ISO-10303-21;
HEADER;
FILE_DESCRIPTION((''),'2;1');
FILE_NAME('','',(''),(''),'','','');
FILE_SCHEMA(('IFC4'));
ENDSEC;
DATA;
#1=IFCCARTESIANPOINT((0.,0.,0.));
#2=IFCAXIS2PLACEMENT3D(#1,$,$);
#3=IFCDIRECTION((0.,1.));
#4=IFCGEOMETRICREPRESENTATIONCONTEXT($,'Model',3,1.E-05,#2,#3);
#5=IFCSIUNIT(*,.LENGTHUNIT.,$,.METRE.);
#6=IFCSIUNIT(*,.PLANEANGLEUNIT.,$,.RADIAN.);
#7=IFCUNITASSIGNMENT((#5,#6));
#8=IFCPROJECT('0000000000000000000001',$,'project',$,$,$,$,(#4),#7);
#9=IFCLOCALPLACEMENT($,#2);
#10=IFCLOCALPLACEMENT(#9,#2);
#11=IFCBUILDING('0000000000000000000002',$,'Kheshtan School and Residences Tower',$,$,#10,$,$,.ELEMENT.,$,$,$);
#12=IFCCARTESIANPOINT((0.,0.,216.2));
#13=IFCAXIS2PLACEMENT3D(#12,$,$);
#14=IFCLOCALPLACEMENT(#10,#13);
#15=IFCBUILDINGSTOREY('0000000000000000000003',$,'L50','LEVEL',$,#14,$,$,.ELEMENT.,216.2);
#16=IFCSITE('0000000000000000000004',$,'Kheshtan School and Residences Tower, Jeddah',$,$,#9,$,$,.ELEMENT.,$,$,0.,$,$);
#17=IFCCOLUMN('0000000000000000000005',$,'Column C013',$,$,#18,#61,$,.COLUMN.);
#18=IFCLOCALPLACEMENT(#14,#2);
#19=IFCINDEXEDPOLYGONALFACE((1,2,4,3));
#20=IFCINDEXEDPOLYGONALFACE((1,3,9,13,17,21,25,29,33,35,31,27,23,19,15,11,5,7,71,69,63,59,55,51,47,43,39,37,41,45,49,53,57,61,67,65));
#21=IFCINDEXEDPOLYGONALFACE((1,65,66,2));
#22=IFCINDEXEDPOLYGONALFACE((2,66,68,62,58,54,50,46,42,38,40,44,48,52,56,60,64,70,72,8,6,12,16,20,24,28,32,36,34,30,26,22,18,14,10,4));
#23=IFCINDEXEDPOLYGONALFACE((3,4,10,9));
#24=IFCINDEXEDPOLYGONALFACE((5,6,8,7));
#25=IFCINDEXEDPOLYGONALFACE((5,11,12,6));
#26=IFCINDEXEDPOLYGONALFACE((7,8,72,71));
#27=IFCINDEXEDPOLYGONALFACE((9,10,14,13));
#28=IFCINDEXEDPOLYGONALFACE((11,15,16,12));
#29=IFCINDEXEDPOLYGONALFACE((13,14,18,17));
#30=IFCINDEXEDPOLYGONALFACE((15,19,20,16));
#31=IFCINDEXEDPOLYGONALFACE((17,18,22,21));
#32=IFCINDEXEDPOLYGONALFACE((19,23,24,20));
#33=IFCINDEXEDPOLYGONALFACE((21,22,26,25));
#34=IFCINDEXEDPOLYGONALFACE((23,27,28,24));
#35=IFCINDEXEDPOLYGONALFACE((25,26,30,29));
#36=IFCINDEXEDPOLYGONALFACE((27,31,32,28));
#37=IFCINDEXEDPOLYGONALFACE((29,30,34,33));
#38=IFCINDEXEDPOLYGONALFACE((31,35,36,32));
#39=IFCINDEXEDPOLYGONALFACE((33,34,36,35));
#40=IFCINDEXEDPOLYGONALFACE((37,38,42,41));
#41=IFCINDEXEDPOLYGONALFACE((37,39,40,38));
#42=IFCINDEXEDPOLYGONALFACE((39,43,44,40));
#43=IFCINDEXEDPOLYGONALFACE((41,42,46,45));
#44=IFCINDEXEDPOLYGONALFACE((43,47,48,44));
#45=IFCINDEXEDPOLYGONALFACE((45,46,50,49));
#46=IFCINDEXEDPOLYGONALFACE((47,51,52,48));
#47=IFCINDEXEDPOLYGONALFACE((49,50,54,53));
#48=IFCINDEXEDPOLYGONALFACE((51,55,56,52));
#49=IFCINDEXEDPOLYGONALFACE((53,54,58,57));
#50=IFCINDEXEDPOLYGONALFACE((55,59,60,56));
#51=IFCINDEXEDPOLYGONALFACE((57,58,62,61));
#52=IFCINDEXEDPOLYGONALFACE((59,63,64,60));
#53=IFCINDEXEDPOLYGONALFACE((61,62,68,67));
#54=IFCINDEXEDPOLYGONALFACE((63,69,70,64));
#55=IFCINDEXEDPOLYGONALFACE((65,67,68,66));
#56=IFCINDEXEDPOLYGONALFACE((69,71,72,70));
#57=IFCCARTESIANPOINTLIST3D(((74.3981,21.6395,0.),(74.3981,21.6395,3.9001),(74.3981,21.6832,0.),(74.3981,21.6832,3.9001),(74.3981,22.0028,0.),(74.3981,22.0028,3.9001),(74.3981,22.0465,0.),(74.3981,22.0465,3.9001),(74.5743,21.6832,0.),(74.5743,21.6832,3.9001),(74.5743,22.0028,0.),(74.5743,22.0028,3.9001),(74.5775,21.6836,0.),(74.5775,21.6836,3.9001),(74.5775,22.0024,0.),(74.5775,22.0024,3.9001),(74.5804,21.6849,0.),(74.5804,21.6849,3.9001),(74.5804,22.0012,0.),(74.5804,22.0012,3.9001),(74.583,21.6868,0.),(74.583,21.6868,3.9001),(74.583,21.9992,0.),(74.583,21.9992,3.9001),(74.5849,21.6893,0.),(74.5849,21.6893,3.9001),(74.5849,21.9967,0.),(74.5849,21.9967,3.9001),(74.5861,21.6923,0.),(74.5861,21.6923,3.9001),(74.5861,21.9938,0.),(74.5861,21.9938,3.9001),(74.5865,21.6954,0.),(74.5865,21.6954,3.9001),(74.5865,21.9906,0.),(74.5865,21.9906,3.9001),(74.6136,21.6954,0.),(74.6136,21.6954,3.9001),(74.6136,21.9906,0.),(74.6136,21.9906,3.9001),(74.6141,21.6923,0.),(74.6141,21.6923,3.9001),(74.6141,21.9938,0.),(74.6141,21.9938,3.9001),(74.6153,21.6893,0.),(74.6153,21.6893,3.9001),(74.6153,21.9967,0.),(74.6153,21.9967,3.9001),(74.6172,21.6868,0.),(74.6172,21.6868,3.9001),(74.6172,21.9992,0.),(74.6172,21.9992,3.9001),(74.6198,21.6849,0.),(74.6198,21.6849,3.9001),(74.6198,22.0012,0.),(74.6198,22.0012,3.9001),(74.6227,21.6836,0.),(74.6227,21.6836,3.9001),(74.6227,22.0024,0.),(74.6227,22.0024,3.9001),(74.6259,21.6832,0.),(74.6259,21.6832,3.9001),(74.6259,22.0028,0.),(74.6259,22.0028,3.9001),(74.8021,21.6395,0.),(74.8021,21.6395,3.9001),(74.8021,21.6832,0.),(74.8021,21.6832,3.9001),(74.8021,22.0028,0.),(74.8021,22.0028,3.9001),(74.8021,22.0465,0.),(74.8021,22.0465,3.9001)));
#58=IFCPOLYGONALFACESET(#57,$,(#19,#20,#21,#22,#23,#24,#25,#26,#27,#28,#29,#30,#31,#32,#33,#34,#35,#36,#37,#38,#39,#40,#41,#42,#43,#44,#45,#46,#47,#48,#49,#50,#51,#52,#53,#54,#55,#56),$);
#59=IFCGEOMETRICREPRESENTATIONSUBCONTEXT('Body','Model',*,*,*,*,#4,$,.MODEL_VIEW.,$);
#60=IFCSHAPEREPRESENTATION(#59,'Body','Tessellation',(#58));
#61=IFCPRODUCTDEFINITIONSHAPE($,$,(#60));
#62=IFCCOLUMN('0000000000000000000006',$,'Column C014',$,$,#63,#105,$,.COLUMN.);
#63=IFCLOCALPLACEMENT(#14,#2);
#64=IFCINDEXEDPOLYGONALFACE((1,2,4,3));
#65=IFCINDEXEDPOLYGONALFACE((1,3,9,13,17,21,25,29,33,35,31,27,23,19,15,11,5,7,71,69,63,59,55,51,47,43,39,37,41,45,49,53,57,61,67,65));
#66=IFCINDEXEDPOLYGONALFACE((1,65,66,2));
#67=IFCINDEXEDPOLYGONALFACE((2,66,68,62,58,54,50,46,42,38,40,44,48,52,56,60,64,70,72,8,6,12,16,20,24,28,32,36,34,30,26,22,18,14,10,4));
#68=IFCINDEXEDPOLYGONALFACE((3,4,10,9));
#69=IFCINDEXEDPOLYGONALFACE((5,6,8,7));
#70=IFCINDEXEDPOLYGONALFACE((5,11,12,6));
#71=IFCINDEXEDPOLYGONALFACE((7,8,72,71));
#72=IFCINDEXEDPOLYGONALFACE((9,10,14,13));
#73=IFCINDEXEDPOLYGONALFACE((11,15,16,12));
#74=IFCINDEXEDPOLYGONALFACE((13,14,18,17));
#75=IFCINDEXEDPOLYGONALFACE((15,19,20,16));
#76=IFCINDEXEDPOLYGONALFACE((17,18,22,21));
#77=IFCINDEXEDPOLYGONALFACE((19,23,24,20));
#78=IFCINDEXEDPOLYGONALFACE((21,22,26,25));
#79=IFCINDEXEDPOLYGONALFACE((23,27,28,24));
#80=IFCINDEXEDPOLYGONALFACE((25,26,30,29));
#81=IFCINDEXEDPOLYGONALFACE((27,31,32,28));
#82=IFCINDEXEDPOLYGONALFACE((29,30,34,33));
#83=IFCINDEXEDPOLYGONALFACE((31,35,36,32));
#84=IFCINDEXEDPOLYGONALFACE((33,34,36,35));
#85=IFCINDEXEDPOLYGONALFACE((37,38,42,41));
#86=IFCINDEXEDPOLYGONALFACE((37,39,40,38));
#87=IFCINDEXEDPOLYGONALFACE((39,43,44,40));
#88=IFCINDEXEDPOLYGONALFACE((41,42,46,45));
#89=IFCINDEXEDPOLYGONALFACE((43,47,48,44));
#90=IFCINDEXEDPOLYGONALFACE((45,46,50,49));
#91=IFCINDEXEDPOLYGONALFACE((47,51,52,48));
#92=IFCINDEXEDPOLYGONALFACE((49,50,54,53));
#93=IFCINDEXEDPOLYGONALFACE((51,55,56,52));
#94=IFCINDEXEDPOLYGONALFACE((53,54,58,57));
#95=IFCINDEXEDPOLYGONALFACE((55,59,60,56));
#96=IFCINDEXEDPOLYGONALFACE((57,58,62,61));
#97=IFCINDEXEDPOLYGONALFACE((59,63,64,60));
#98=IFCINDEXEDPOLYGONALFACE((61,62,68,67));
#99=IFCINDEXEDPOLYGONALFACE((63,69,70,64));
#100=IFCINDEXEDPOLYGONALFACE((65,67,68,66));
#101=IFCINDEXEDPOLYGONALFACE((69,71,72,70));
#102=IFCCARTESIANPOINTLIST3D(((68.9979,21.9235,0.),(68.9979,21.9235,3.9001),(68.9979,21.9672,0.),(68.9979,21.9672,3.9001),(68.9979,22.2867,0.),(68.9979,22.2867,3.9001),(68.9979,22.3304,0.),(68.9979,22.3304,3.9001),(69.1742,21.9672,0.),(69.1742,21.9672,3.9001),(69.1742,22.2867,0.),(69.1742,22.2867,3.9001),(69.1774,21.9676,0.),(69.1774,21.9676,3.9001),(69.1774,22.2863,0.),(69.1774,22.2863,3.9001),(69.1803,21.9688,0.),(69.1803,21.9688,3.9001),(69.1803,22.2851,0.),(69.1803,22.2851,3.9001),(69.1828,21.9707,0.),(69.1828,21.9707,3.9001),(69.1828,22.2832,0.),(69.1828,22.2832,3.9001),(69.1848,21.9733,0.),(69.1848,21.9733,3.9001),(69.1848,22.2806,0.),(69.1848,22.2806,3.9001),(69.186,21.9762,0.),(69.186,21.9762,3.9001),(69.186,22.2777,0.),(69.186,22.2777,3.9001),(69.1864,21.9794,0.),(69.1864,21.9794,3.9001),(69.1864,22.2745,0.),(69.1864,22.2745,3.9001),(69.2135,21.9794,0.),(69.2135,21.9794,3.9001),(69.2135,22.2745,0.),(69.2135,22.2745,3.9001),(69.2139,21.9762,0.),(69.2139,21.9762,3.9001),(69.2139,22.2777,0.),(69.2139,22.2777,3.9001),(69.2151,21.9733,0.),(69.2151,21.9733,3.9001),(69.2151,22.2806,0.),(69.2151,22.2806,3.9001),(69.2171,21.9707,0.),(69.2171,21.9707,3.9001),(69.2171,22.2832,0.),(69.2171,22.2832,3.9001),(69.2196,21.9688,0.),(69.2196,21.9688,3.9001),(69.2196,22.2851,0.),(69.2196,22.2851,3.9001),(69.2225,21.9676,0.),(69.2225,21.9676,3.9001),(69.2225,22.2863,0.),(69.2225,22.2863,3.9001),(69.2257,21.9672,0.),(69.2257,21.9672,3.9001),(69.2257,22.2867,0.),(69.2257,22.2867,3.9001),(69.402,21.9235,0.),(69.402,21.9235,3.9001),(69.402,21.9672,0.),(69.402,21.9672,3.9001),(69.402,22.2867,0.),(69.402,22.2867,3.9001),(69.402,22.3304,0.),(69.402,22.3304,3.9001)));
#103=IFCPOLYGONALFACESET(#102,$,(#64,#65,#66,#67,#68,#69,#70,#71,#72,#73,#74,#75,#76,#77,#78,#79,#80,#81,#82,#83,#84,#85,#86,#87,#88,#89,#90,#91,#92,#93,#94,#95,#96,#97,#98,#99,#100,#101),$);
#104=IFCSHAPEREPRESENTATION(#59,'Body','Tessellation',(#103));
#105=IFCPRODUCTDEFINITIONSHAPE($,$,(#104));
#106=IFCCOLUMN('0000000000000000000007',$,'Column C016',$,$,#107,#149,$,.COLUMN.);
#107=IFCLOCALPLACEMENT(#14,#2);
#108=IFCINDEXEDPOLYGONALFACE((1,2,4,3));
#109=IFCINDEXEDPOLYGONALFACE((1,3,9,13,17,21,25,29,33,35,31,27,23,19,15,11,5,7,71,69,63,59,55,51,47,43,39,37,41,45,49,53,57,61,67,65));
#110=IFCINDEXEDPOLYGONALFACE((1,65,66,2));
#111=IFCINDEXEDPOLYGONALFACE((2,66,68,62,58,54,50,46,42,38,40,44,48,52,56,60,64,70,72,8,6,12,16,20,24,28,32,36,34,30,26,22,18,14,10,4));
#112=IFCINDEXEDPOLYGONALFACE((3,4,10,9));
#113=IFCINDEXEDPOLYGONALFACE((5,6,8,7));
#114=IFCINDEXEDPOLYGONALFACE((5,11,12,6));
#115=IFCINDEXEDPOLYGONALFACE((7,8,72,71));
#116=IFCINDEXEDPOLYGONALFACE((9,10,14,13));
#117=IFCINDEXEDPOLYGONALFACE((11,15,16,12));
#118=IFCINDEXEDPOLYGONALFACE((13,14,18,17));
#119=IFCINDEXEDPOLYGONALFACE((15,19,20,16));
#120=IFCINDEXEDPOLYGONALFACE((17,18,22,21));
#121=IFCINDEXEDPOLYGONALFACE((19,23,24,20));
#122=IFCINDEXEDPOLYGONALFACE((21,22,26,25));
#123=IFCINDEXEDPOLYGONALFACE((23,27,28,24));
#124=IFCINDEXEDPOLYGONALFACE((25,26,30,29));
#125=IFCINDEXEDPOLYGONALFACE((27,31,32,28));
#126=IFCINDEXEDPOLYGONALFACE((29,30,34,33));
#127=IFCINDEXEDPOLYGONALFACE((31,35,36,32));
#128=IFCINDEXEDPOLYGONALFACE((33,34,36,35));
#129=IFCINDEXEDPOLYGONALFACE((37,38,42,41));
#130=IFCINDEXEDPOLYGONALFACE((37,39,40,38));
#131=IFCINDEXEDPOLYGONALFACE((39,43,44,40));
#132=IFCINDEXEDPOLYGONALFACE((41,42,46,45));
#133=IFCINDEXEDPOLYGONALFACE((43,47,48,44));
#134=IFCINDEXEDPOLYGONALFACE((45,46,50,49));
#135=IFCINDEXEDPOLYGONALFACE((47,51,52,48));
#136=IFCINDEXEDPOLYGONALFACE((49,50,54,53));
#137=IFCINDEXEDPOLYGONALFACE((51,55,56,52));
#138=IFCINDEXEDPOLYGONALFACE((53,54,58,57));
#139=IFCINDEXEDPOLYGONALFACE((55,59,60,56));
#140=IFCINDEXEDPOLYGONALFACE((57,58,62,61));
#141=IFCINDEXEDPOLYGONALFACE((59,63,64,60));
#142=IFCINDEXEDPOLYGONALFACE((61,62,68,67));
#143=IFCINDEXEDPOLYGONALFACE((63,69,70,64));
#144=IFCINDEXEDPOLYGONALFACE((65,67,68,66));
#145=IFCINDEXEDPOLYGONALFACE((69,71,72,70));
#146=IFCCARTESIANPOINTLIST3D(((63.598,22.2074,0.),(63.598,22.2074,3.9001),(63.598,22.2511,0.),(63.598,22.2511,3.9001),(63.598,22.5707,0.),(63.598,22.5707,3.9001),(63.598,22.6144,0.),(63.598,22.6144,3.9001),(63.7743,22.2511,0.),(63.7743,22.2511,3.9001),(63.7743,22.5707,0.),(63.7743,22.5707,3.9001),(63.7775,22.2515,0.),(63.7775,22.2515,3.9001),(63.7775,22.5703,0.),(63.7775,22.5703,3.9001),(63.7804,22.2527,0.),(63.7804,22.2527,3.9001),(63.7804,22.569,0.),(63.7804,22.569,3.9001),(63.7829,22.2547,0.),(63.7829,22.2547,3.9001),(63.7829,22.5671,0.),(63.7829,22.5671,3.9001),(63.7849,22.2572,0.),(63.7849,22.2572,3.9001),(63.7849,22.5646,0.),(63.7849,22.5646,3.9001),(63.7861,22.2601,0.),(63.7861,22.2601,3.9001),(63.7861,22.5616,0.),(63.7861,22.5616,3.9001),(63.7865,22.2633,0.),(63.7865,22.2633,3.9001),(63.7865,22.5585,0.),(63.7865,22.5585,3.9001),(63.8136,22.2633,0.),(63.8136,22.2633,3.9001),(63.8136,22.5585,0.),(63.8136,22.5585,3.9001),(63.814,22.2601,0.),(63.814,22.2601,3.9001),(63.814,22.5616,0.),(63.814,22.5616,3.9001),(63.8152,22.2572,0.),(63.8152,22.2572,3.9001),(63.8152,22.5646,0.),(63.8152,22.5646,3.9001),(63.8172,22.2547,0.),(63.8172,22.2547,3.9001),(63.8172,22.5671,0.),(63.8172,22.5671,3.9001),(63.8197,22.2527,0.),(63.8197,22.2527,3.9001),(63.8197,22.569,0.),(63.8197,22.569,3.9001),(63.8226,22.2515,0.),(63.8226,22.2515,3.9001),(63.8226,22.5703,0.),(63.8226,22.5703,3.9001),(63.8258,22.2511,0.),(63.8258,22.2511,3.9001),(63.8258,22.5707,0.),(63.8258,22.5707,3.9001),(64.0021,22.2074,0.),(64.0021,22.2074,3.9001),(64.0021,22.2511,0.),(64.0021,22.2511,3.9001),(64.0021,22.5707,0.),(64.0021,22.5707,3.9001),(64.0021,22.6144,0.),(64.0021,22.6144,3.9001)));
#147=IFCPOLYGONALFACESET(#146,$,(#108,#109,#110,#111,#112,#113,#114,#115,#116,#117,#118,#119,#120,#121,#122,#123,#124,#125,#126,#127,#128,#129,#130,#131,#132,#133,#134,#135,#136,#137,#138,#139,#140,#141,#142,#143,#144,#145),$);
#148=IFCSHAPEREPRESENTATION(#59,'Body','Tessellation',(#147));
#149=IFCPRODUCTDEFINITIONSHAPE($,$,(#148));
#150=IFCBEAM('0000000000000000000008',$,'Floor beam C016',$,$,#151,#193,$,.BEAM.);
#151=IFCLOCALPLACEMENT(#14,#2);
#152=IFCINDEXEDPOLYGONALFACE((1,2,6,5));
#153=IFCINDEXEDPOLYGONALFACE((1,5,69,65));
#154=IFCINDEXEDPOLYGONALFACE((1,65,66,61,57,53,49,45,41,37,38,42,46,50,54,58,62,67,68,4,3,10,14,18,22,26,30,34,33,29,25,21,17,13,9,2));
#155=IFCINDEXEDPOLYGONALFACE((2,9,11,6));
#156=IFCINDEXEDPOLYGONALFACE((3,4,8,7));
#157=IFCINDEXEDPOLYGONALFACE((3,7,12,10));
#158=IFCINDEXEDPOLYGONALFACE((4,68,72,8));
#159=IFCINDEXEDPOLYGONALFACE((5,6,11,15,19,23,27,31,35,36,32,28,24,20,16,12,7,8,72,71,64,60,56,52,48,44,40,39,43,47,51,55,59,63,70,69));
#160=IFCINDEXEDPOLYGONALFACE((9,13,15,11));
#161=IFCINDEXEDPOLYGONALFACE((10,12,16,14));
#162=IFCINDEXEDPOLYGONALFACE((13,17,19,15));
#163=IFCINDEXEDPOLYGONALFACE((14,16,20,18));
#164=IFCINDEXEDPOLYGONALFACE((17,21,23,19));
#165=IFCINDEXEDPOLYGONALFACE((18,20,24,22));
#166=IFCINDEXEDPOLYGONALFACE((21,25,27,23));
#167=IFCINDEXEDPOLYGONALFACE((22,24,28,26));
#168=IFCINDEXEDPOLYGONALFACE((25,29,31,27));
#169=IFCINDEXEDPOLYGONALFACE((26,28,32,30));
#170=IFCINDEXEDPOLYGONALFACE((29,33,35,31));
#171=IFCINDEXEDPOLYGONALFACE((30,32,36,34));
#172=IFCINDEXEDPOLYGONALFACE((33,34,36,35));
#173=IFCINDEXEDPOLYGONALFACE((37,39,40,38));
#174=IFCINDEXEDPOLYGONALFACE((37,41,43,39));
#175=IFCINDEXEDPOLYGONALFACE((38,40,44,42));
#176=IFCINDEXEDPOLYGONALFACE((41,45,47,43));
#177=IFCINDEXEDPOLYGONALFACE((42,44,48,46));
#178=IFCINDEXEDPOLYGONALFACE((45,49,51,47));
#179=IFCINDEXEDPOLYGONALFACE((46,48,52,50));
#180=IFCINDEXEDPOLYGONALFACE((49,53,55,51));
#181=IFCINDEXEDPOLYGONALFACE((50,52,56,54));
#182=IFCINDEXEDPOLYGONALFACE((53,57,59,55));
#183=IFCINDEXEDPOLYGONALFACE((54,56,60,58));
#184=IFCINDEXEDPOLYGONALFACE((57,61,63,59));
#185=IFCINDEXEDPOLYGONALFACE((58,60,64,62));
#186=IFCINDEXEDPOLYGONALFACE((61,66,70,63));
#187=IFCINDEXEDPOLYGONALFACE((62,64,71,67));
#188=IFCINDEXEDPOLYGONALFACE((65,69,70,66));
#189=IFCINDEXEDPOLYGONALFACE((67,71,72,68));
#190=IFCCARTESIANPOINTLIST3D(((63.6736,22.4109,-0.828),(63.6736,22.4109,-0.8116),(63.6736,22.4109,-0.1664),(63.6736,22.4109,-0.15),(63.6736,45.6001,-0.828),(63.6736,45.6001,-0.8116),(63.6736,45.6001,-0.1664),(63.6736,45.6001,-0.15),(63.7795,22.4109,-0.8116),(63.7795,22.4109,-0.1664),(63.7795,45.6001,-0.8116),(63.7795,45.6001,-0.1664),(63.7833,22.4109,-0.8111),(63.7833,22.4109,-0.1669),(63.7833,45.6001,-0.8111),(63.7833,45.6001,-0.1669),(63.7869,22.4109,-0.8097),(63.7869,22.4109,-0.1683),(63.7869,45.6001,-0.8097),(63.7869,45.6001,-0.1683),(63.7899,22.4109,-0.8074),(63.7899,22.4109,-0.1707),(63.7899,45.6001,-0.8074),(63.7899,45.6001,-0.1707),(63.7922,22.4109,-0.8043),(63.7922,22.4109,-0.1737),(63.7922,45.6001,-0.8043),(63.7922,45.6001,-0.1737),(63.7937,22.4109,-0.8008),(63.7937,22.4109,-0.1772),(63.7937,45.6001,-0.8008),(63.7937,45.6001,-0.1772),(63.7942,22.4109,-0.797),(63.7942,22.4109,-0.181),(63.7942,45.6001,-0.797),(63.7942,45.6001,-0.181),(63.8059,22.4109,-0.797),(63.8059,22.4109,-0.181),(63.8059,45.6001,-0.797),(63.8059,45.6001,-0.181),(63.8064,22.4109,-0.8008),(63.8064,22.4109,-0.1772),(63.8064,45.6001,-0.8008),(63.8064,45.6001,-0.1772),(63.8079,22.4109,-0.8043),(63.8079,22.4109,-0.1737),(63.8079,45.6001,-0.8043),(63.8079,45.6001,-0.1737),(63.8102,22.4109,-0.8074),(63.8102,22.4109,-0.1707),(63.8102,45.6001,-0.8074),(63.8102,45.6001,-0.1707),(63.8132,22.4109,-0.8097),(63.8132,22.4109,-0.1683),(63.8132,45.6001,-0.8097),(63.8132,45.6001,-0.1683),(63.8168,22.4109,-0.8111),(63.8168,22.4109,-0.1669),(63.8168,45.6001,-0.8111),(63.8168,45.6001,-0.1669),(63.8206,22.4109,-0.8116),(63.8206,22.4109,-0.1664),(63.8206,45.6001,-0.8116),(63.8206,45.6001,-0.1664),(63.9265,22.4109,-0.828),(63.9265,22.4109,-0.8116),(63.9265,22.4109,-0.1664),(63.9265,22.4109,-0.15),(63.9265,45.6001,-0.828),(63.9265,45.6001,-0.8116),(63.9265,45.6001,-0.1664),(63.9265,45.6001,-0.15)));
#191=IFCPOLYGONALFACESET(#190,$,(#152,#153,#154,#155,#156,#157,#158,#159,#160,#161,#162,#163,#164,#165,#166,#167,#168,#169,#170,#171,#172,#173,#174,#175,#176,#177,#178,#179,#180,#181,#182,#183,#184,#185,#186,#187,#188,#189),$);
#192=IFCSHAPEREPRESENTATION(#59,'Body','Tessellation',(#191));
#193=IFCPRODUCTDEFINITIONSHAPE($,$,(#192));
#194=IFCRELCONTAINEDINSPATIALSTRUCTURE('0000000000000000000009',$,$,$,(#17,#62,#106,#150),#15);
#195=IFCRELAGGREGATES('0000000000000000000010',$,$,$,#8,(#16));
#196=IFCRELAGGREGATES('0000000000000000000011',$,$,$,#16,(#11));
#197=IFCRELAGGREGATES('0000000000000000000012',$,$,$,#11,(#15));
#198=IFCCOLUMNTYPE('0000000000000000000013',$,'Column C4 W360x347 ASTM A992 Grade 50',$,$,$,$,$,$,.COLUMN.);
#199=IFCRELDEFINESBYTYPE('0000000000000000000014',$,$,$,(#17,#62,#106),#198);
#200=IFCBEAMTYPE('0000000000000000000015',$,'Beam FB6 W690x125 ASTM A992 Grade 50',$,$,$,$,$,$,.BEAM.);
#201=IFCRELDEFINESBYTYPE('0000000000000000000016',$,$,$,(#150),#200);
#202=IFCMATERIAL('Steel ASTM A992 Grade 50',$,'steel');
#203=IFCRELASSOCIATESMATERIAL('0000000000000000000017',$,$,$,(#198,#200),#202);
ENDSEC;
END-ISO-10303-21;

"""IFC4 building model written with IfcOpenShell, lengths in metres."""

from ifc_helpers import new_model, si_unit, direction, frame, origin, origin_2d, place, context, subcontext, project, spatial, i_section, extrude, material, material_profile, profile_set, type_object, element, save


model = new_model("IFC4")

# Units and contexts
model_context = context("Model", 3, precision=1e-05, world=origin(), true_north=direction((0.0, 1.0)))
body_context = subcontext(model_context, "Body", "Model", "MODEL_VIEW")
ifc_project = project(units=[si_unit("LENGTHUNIT", "METRE"), si_unit("PLANEANGLEUNIT", "RADIAN")], contexts=[model_context])

# Site, building, storey
site_placement = place(None, origin())
site = spatial("IfcSite", under=ifc_project, at=site_placement, Name="Kheshtan School and Residences Tower, Jeddah", CompositionType="ELEMENT", RefElevation=0.0)
building_placement = place(site_placement, origin())
building = spatial("IfcBuilding", under=site, at=building_placement, Name="Kheshtan School and Residences Tower", CompositionType="ELEMENT")
storey_placement = place(building_placement, frame((0.0, 0.0, 216.2)))
storey = spatial("IfcBuildingStorey", under=building, at=storey_placement, Name="L50", Description="LEVEL", CompositionType="ELEMENT", Elevation=216.2)

# Columns
ifc_material_1 = material(Name="Steel ASTM A992 Grade 50", Category="steel")
ifc_material_profile_1 = material_profile(ifc_material_1, i_section(OverallWidth=0.4041, OverallDepth=0.407, WebThickness=0.0271, FlangeThickness=0.0437, FilletRadius=0.0122, at=origin_2d()), Name="W360x347")
ifc_profile_set_1 = profile_set([ifc_material_profile_1], Name="Steel ASTM A992 Grade 50")
column_type = type_object("IfcColumnType", Name="Column C4 W360x347 ASTM A992 Grade 50", PredefinedType="COLUMN", material=ifc_profile_set_1)
for number, where, z_axis, x_axis, name in (
    (1, (74.6001, 21.843, 0.0), (0.0, 0.0, 1.0), (1.0, 0.0, 0.0), "Column C013"),
    (2, (69.2, 22.127, 0.0), (0.0, 0.0, 1.0), (1.0, 0.0, 0.0), "Column C014"),
    (3, (63.8, 22.4109, 0.0), (0.0, 0.0, 1.0), (1.0, 0.0, 0.0), "Column C016"),
):
    element("IfcColumn", number, at=place(storey_placement, frame(where, z_axis=z_axis, x_axis=x_axis)), inside=storey, type_object=column_type, Name=name, PredefinedType="COLUMN", context=body_context, shape_type="SweptSolid", body=[
        extrude(i_section(OverallWidth=0.4041, OverallDepth=0.407, WebThickness=0.0271, FlangeThickness=0.0437, FilletRadius=0.0122, at=origin_2d()), origin(), (0.0, 0.0, 1.0), 3.9001),
    ])

# Beam
ifc_material_profile_2 = material_profile(ifc_material_1, i_section(OverallWidth=0.2529, OverallDepth=0.678, WebThickness=0.0117, FlangeThickness=0.0164, FilletRadius=0.0146, at=origin_2d()), Name="W690x125")
ifc_profile_set_2 = profile_set([ifc_material_profile_2], Name="Steel ASTM A992 Grade 50")
beam_type_1 = type_object("IfcBeamType", Name="Beam FB6 W690x125 ASTM A992 Grade 50", PredefinedType="BEAM", material=ifc_profile_set_2)
beam_1_placement = place(storey_placement, frame((63.8, 22.4109, -0.489), z_axis=(0.0, 1.0, 0.0), x_axis=(-1.0, 0.0, 0.0)))
element("IfcBeam", 4, at=beam_1_placement, inside=storey, type_object=beam_type_1, Name="Floor beam C016", PredefinedType="BEAM", context=body_context, shape_type="SweptSolid", body=[
    extrude(i_section(OverallWidth=0.2529, OverallDepth=0.678, WebThickness=0.0117, FlangeThickness=0.0164, FilletRadius=0.0146, at=origin_2d()), origin(), (0.0, 0.0, 1.0), 23.1892),
])

save(model, "model.ifc")
